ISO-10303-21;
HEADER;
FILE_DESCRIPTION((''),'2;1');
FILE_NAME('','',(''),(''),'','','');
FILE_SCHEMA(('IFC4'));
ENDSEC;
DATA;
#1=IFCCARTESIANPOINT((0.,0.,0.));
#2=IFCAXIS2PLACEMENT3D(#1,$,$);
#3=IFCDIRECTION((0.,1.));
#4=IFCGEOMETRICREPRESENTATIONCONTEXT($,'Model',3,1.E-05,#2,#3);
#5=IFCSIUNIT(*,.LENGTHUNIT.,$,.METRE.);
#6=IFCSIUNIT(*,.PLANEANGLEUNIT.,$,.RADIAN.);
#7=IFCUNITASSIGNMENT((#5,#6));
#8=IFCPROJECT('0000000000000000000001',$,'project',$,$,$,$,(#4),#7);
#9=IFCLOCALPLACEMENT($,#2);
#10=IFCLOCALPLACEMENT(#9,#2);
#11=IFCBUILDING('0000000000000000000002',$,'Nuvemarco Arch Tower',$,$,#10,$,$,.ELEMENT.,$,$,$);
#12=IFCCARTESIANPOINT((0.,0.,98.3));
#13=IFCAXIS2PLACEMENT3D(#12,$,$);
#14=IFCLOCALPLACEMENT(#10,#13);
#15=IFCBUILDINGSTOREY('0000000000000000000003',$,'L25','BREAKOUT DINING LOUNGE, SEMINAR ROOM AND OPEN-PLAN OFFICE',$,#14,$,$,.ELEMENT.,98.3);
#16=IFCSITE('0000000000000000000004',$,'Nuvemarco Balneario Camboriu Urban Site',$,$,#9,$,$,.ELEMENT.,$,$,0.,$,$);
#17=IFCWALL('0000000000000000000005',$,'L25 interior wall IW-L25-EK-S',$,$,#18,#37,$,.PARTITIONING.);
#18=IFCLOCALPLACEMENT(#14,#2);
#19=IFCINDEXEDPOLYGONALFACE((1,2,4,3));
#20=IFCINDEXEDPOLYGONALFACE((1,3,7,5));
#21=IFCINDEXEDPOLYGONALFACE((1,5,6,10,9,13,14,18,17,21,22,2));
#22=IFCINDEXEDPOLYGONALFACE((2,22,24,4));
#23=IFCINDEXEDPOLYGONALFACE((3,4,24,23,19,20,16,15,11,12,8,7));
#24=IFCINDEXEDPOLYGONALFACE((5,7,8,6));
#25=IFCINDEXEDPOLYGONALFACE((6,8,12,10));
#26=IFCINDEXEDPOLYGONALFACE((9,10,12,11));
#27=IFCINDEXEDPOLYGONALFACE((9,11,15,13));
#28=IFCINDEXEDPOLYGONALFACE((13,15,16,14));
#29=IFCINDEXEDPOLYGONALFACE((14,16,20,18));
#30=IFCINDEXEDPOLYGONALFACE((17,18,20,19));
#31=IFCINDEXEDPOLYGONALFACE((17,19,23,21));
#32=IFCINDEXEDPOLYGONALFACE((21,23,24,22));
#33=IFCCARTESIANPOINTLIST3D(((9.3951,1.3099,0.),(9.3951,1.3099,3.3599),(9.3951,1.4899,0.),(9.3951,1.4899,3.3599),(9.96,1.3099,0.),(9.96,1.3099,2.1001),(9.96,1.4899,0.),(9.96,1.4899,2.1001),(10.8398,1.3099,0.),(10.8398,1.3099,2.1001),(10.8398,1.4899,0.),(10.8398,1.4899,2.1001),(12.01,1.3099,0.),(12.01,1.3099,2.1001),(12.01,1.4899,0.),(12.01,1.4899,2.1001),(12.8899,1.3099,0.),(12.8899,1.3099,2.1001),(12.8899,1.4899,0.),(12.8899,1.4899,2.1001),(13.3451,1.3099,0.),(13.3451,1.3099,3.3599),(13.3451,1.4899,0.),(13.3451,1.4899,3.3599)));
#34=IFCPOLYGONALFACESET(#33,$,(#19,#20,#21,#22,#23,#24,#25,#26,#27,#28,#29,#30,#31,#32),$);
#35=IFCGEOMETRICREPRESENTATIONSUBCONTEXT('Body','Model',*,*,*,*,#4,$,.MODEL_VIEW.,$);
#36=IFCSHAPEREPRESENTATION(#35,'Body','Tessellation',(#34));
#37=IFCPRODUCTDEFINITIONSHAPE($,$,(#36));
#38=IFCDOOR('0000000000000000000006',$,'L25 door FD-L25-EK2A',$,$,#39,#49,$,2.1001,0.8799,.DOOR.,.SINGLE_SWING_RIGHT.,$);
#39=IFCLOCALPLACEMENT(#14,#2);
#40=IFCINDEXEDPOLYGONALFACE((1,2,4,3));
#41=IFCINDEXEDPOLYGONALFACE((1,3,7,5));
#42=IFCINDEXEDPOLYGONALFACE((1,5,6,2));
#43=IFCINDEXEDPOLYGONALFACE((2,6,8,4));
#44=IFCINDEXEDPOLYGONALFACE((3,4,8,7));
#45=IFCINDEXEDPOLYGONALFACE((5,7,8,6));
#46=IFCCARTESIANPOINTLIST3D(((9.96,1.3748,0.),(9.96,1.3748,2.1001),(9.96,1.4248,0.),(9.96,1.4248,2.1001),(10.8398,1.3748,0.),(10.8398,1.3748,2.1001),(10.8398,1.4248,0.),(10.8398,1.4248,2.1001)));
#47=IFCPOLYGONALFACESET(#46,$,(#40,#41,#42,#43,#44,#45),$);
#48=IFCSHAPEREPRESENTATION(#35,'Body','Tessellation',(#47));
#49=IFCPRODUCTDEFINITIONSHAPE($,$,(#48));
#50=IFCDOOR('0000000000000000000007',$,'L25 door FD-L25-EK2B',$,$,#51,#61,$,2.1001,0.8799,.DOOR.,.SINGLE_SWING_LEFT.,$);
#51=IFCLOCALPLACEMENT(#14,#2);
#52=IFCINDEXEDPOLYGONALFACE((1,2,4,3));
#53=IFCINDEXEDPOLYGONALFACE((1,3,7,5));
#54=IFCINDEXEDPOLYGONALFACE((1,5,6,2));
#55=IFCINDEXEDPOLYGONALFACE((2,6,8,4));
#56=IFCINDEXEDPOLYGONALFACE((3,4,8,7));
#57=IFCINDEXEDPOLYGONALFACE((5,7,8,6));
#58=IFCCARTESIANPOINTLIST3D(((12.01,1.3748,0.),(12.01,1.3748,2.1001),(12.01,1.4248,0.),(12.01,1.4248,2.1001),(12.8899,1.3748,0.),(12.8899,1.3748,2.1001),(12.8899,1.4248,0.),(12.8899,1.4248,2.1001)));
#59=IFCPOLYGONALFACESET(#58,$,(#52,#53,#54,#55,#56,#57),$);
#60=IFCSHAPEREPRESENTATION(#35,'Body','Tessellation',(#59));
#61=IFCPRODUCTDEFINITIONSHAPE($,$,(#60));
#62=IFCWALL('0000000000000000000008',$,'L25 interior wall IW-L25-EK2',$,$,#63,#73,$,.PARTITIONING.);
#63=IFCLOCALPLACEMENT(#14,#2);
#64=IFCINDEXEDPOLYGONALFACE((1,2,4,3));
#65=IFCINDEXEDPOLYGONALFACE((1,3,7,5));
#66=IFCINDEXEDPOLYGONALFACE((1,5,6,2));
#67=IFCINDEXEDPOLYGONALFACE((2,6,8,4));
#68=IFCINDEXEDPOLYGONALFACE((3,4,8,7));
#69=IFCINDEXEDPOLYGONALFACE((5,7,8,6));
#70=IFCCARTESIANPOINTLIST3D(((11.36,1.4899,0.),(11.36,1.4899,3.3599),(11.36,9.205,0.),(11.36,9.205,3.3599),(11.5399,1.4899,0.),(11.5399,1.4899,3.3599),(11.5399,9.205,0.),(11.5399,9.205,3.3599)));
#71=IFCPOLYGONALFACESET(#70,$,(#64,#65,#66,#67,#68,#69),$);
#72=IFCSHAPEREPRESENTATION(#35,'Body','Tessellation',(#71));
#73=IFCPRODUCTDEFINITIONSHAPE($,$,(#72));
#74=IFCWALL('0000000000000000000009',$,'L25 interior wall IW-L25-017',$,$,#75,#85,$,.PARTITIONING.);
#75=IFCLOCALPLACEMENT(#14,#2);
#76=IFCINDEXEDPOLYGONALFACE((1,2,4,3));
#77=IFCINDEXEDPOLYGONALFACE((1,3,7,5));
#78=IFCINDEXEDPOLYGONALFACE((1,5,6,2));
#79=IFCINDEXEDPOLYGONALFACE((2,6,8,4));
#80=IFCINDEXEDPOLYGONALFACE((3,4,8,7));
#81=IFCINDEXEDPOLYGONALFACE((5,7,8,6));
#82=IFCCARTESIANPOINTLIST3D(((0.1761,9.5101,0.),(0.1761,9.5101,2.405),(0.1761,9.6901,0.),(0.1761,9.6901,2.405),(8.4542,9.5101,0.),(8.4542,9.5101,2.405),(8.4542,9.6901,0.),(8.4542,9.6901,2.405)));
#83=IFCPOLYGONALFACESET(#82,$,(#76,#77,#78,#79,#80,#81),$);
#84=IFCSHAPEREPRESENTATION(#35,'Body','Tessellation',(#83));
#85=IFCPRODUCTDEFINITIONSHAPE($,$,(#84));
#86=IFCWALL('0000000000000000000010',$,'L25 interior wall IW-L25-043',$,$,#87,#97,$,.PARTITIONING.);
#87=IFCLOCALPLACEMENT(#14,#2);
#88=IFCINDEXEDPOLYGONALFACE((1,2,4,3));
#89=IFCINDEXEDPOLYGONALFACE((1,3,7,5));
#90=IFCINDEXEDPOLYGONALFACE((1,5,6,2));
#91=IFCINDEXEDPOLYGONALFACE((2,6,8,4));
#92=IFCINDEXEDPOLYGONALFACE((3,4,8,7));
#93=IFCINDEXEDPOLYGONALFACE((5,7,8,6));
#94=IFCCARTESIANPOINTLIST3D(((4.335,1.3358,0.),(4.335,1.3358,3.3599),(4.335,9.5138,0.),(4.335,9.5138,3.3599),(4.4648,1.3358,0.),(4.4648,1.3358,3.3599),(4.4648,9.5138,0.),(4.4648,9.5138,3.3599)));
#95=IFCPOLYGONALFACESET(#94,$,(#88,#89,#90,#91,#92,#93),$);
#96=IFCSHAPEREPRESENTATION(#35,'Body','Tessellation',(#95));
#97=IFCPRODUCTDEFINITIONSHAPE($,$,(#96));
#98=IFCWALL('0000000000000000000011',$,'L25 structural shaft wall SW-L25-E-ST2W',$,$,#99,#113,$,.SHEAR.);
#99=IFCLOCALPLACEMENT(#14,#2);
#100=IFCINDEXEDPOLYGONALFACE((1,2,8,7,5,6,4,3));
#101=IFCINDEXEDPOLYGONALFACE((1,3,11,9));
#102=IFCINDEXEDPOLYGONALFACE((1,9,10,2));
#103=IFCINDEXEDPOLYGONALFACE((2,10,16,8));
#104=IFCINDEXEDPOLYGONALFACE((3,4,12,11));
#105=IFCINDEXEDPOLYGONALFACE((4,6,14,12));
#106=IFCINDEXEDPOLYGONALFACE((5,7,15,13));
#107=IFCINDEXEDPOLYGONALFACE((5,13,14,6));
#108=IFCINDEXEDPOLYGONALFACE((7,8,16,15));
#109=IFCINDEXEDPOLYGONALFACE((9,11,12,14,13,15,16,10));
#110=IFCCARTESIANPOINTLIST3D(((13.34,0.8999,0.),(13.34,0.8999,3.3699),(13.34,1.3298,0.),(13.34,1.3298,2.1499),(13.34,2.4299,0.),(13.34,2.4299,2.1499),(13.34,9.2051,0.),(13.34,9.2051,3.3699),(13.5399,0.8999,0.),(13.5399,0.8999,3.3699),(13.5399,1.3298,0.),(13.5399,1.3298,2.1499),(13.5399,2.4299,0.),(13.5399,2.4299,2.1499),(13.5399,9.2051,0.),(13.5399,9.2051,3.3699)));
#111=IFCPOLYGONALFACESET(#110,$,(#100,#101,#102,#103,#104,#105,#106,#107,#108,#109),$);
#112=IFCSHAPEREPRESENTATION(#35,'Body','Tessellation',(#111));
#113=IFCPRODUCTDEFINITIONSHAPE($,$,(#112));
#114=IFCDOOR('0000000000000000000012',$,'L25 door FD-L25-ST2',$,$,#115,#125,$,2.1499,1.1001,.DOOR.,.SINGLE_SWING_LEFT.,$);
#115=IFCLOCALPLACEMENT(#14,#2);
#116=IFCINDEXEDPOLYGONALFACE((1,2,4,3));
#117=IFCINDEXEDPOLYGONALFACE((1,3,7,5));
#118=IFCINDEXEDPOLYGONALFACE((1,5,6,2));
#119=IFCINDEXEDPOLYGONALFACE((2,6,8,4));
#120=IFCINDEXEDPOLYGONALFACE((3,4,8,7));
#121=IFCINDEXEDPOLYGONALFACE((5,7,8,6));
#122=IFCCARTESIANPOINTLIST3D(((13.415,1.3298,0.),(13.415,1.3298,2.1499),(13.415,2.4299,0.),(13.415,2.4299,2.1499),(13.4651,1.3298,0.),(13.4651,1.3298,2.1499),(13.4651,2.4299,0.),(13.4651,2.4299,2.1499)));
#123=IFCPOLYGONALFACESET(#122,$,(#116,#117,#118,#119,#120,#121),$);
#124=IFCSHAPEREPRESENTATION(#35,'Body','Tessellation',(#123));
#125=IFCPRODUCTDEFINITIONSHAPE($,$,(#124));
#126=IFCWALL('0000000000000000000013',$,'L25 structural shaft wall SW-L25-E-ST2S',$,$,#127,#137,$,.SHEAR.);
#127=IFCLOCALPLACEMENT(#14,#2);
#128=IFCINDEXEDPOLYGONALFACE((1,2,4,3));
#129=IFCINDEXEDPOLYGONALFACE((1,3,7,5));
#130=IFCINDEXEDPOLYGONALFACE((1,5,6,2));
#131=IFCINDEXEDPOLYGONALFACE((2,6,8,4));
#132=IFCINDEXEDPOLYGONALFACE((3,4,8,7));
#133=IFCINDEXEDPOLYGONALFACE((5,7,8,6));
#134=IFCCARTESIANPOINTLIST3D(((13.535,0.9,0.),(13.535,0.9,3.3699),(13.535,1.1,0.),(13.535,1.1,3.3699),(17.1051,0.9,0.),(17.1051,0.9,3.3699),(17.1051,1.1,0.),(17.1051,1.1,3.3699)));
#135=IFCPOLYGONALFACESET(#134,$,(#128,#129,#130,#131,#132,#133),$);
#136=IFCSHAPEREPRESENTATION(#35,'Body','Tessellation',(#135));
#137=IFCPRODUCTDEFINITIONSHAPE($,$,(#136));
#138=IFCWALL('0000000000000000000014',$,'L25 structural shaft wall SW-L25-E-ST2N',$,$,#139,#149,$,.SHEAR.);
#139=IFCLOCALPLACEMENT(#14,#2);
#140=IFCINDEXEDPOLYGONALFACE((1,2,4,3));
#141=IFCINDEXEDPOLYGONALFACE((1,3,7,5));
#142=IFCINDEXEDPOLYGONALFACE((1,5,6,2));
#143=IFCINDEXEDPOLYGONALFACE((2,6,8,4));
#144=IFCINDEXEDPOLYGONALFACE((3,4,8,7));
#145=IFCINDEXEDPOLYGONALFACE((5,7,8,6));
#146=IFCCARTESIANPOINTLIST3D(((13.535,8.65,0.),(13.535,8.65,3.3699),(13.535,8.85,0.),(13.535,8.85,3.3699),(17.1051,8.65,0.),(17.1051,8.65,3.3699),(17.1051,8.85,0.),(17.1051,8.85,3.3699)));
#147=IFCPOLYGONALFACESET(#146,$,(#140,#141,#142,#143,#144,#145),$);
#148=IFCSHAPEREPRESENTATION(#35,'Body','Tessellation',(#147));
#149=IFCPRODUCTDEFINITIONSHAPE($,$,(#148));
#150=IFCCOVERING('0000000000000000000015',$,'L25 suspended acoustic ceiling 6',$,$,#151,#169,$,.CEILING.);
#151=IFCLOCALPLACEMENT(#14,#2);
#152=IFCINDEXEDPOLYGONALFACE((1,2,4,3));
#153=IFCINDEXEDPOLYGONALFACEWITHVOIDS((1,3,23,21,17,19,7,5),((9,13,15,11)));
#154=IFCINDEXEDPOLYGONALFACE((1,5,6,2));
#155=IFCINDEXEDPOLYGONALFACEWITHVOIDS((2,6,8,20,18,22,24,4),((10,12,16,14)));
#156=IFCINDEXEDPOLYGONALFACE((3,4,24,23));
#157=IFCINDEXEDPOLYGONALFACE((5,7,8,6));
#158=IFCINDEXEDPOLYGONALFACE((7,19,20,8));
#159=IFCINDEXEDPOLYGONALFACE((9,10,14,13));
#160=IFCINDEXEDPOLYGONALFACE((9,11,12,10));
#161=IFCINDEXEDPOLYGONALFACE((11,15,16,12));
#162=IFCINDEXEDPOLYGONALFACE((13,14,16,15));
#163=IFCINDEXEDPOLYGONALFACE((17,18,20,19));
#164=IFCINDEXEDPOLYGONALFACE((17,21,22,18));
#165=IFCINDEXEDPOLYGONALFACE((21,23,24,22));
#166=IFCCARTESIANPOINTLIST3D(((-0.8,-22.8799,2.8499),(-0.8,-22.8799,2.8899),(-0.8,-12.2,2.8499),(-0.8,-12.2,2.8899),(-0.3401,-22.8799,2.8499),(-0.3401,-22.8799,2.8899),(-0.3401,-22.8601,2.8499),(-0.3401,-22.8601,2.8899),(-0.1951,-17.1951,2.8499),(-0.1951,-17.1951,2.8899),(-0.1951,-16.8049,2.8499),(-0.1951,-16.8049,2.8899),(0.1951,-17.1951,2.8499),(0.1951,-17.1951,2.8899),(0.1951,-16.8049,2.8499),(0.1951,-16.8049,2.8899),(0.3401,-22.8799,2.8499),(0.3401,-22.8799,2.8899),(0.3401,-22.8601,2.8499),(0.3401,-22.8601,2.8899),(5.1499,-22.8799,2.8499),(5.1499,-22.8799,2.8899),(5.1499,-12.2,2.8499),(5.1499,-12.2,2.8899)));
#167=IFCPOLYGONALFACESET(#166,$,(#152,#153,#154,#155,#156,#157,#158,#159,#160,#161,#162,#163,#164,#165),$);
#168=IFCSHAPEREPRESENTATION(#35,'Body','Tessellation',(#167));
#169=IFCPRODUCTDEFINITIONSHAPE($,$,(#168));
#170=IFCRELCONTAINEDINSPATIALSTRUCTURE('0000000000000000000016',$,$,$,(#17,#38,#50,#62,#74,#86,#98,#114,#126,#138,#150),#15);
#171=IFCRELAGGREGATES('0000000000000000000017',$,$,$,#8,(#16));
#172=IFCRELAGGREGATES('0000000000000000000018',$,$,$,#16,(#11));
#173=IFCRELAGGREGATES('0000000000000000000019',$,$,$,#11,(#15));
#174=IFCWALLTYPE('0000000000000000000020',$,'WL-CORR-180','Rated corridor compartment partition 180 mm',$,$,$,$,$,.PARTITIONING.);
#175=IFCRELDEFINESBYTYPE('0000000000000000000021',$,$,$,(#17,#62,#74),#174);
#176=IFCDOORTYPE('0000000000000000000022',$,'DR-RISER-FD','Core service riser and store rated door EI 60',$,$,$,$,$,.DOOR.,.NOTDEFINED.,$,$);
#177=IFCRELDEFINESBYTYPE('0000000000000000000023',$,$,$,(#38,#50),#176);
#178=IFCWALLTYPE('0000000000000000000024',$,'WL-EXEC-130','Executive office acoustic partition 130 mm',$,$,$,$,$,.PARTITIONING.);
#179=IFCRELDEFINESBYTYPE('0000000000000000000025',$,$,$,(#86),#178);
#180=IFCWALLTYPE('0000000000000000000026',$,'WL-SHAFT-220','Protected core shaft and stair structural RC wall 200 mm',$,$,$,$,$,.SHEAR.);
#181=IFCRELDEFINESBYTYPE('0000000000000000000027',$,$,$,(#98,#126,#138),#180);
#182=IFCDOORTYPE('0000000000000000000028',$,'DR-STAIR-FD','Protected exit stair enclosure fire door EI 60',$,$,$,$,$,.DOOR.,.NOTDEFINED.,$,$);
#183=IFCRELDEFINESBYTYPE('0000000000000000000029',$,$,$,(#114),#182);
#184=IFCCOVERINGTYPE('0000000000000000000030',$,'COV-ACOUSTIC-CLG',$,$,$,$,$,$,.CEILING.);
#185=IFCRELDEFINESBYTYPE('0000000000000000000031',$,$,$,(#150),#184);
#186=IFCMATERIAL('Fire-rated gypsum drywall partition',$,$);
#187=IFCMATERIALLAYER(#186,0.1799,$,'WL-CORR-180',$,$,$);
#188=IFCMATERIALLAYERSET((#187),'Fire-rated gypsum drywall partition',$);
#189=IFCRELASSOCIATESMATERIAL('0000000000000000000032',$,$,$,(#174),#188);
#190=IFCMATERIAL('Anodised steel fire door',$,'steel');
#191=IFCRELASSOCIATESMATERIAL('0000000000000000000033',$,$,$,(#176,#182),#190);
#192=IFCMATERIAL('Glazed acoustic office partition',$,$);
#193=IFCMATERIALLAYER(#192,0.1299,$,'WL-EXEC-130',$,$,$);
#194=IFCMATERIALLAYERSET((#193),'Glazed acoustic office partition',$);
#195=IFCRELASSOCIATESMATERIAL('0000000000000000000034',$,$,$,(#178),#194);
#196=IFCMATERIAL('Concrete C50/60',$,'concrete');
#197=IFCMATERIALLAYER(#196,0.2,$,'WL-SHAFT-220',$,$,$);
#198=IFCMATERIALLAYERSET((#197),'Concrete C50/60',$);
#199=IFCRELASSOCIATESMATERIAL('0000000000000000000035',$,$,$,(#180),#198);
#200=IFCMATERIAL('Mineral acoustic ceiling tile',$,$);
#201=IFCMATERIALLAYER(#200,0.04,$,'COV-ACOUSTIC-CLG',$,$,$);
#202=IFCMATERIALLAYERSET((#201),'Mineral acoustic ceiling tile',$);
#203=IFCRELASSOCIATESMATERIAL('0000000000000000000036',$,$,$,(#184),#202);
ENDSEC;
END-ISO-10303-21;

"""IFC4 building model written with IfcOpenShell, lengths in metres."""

from ifc_helpers import new_model, si_unit, direction, frame, frame_2d, origin, place, context, subcontext, project, spatial, polyline, rectangle, outline, extrude, source, transform, mapped, material, layer, layer_set, type_object, type_shapes, element, fill, save


model = new_model("IFC4")

# Units and contexts
model_context = context("Model", 3, precision=1e-05, world=origin(), true_north=direction((0.0, 1.0)))
body_context = subcontext(model_context, "Body", "Model", "MODEL_VIEW")
ifc_project = project(units=[si_unit("LENGTHUNIT", "METRE"), si_unit("PLANEANGLEUNIT", "RADIAN")], contexts=[model_context])

# Site, building, storey
site_placement = place(None, origin())
site = spatial("IfcSite", under=ifc_project, at=site_placement, Name="Nuvemarco Balneario Camboriu Urban Site", CompositionType="ELEMENT", RefElevation=0.0)
building_placement = place(site_placement, origin())
building = spatial("IfcBuilding", under=site, at=building_placement, Name="Nuvemarco Arch Tower", CompositionType="ELEMENT")
storey_placement = place(building_placement, frame((0.0, 0.0, 98.3)))
storey = spatial("IfcBuildingStorey", under=building, at=storey_placement, Name="L25", Description="BREAKOUT DINING LOUNGE, SEMINAR ROOM AND OPEN-PLAN OFFICE", CompositionType="ELEMENT", Elevation=98.3)

# Wall, openings, doors
ifc_material_1 = material(Name="Fire-rated gypsum drywall partition")
ifc_layer_1 = layer(ifc_material_1, 0.1799, Name="WL-CORR-180")
ifc_layer_set_1 = layer_set([ifc_layer_1], Name="Fire-rated gypsum drywall partition")
wall_type_1 = type_object("IfcWallType", Name="WL-CORR-180", Description="Rated corridor compartment partition 180 mm", PredefinedType="PARTITIONING", material=ifc_layer_set_1)
wall_1_placement = place(storey_placement, frame((9.395, 1.3999, 0.0), z_axis=(0.0, 0.0, 1.0), x_axis=(1.0, 0.0, 0.0)))
wall_1 = element("IfcWall", 1, at=wall_1_placement, inside=storey, type_object=wall_type_1, Name="L25 interior wall IW-L25-EK-S", PredefinedType="PARTITIONING", context=body_context, shape_type="SweptSolid", body=[
    extrude(rectangle(XDim=3.95, YDim=0.1799, at=frame_2d((1.9751, 0.0))), origin(), (0.0, 0.0, 1.0), 3.3599),
])
opening_1_placement = place(wall_1_placement, frame((0.5649, 0.0, 0.0)))
opening_1 = element("IfcOpeningElement", 2, at=opening_1_placement, cuts=wall_1, PredefinedType="OPENING", context=body_context, shape_type="SweptSolid", body=[
    extrude(rectangle(XDim=0.8799, YDim=2.1001, at=frame_2d((0.4399, 1.05))), frame((0.0, 0.0999, 0.0), z_axis=(0.0, -1.0, 0.0), x_axis=(1.0, 0.0, 0.0)), (0.0, 0.0, 1.0), 0.2),
])
opening_2_placement = place(wall_1_placement, frame((2.615, 0.0, 0.0)))
opening_2 = element("IfcOpeningElement", 3, at=opening_2_placement, cuts=wall_1, PredefinedType="OPENING", context=body_context, shape_type="SweptSolid", body=[
    extrude(rectangle(XDim=0.8799, YDim=2.1001, at=frame_2d((0.4399, 1.05))), frame((0.0, 0.0999, 0.0), z_axis=(0.0, -1.0, 0.0), x_axis=(1.0, 0.0, 0.0)), (0.0, 0.0, 1.0), 0.2),
])
ifc_material_2 = material(Name="Anodised steel fire door", Category="steel")
door_type_1 = type_object("IfcDoorType", Name="DR-RISER-FD", Description="Core service riser and store rated door EI 60", OperationType="NOTDEFINED", PredefinedType="DOOR", material=ifc_material_2)
shared_shape_1 = source(origin(), body_context, "Body", "SweptSolid", [
    extrude(rectangle(XDim=0.8799, YDim=2.1001, at=frame_2d((0.4399, 1.05))), frame((0.0, 0.0249, 0.0), z_axis=(0.0, -1.0, 0.0), x_axis=(1.0, 0.0, 0.0)), (0.0, 0.0, 1.0), 0.05),
])
type_shapes(door_type_1, [shared_shape_1])
door_1_placement = place(opening_1_placement, origin())
door_1 = element("IfcDoor", 4, at=door_1_placement, inside=storey, type_object=door_type_1, Name="L25 door FD-L25-EK2A", OperationType="SINGLE_SWING_RIGHT", OverallHeight=2.1001, OverallWidth=0.8799, PredefinedType="DOOR", context=body_context, shape_type="MappedRepresentation", body=[
    mapped(shared_shape_1, transform((0.0, 0.0, 0.0), scale=1.0)),
])
fill(opening_1, door_1)
door_2_placement = place(opening_2_placement, origin())
door_2 = element("IfcDoor", 5, at=door_2_placement, inside=storey, type_object=door_type_1, Name="L25 door FD-L25-EK2B", OperationType="SINGLE_SWING_LEFT", OverallHeight=2.1001, OverallWidth=0.8799, PredefinedType="DOOR", context=body_context, shape_type="MappedRepresentation", body=[
    mapped(shared_shape_1, transform((0.0, 0.0, 0.0), scale=1.0)),
])
fill(opening_2, door_2)

# Walls
wall_2_placement = place(storey_placement, frame((11.45, 1.49, 0.0), z_axis=(0.0, 0.0, 1.0), x_axis=(0.0, 1.0, 0.0)))
element("IfcWall", 6, at=wall_2_placement, inside=storey, type_object=wall_type_1, Name="L25 interior wall IW-L25-EK2", PredefinedType="PARTITIONING", context=body_context, shape_type="SweptSolid", body=[
    extrude(rectangle(XDim=7.7151, YDim=0.1799, at=frame_2d((3.8574, 0.0))), origin(), (0.0, 0.0, 1.0), 3.3599),
])
wall_3_placement = place(storey_placement, frame((0.176, 9.6001, 0.0), z_axis=(0.0, 0.0, 1.0), x_axis=(1.0, 0.0, 0.0)))
element("IfcWall", 7, at=wall_3_placement, inside=storey, type_object=wall_type_1, Name="L25 interior wall IW-L25-017", PredefinedType="PARTITIONING", context=body_context, shape_type="SweptSolid", body=[
    extrude(rectangle(XDim=8.2781, YDim=0.1799, at=frame_2d((4.1392, 0.0))), origin(), (0.0, 0.0, 1.0), 2.405),
])
ifc_material_3 = material(Name="Glazed acoustic office partition")
ifc_layer_2 = layer(ifc_material_3, 0.1299, Name="WL-EXEC-130")
ifc_layer_set_2 = layer_set([ifc_layer_2], Name="Glazed acoustic office partition")
wall_type_2 = type_object("IfcWallType", Name="WL-EXEC-130", Description="Executive office acoustic partition 130 mm", PredefinedType="PARTITIONING", material=ifc_layer_set_2)
wall_4_placement = place(storey_placement, frame((4.3999, 1.3359, 0.0), z_axis=(0.0, 0.0, 1.0), x_axis=(0.0, 1.0, 0.0)))
element("IfcWall", 8, at=wall_4_placement, inside=storey, type_object=wall_type_2, Name="L25 interior wall IW-L25-043", PredefinedType="PARTITIONING", context=body_context, shape_type="SweptSolid", body=[
    extrude(rectangle(XDim=8.178, YDim=0.1299, at=frame_2d((4.0889, 0.0))), origin(), (0.0, 0.0, 1.0), 3.3599),
])

# Wall, opening, door
ifc_material_4 = material(Name="Concrete C50/60", Category="concrete")
ifc_layer_3 = layer(ifc_material_4, 0.2, Name="WL-SHAFT-220")
ifc_layer_set_3 = layer_set([ifc_layer_3], Name="Concrete C50/60")
wall_type_3 = type_object("IfcWallType", Name="WL-SHAFT-220", Description="Protected core shaft and stair structural RC wall 200 mm", PredefinedType="SHEAR", material=ifc_layer_set_3)
wall_5_placement = place(storey_placement, frame((13.4399, 0.8999, 0.0), z_axis=(0.0, 0.0, 1.0), x_axis=(0.0, 1.0, 0.0)))
wall_5 = element("IfcWall", 9, at=wall_5_placement, inside=storey, type_object=wall_type_3, Name="L25 structural shaft wall SW-L25-E-ST2W", PredefinedType="SHEAR", context=body_context, shape_type="SweptSolid", body=[
    extrude(rectangle(XDim=8.3052, YDim=0.2, at=frame_2d((4.1526, 0.0))), origin(), (0.0, 0.0, 1.0), 3.3699),
])
opening_3_placement = place(wall_5_placement, frame((0.4299, 0.0, 0.0)))
opening_3 = element("IfcOpeningElement", 10, at=opening_3_placement, cuts=wall_5, PredefinedType="OPENING", context=body_context, shape_type="SweptSolid", body=[
    extrude(rectangle(XDim=1.1001, YDim=2.1499, at=frame_2d((0.55, 1.075))), frame((0.0, 0.1099, 0.0), z_axis=(0.0, -1.0, 0.0), x_axis=(1.0, 0.0, 0.0)), (0.0, 0.0, 1.0), 0.22),
])
door_type_2 = type_object("IfcDoorType", Name="DR-STAIR-FD", Description="Protected exit stair enclosure fire door EI 60", OperationType="NOTDEFINED", PredefinedType="DOOR", material=ifc_material_2)
shared_shape_2 = source(origin(), body_context, "Body", "SweptSolid", [
    extrude(rectangle(XDim=1.1001, YDim=2.1499, at=frame_2d((0.55, 1.075))), frame((0.0, 0.0249, 0.0), z_axis=(0.0, -1.0, 0.0), x_axis=(1.0, 0.0, 0.0)), (0.0, 0.0, 1.0), 0.05),
])
type_shapes(door_type_2, [shared_shape_2])
door_3_placement = place(opening_3_placement, origin())
door_3 = element("IfcDoor", 11, at=door_3_placement, inside=storey, type_object=door_type_2, Name="L25 door FD-L25-ST2", OperationType="SINGLE_SWING_LEFT", OverallHeight=2.1499, OverallWidth=1.1001, PredefinedType="DOOR", context=body_context, shape_type="MappedRepresentation", body=[
    mapped(shared_shape_2, transform((0.0, 0.0, 0.0), scale=1.0)),
])
fill(opening_3, door_3)

# Walls
for number, where, z_axis, x_axis, name in (
    (12, (13.5349, 1.0, 0.0), (0.0, 0.0, 1.0), (1.0, 0.0, 0.0), "L25 structural shaft wall SW-L25-E-ST2S"),
    (13, (13.5349, 8.75, 0.0), (0.0, 0.0, 1.0), (1.0, 0.0, 0.0), "L25 structural shaft wall SW-L25-E-ST2N"),
):
    element("IfcWall", number, at=place(storey_placement, frame(where, z_axis=z_axis, x_axis=x_axis)), inside=storey, type_object=wall_type_3, Name=name, PredefinedType="SHEAR", context=body_context, shape_type="SweptSolid", body=[
        extrude(rectangle(XDim=3.5701, YDim=0.2, at=frame_2d((1.7852, 0.0))), origin(), (0.0, 0.0, 1.0), 3.3699),
    ])

# Covering
ifc_material_5 = material(Name="Mineral acoustic ceiling tile")
ifc_layer_4 = layer(ifc_material_5, 0.04, Name="COV-ACOUSTIC-CLG")
ifc_layer_set_4 = layer_set([ifc_layer_4], Name="Mineral acoustic ceiling tile")
covering_type_1 = type_object("IfcCoveringType", Name="COV-ACOUSTIC-CLG", PredefinedType="CEILING", material=ifc_layer_set_4)
covering_1_placement = place(storey_placement, frame((0.0, 0.0, 2.8499)))
element("IfcCovering", 14, at=covering_1_placement, inside=storey, type_object=covering_type_1, Name="L25 suspended acoustic ceiling 6", PredefinedType="CEILING", context=body_context, shape_type="SweptSolid", body=[
    extrude(outline(polyline([(0.3401, -22.8799), (0.3401, -22.8601), (-0.3401, -22.8601), (-0.3401, -22.8799), (-0.8, -22.8799), (-0.8, -12.2), (5.1499, -12.2), (5.1499, -22.8799), (0.3401, -22.8799)]), holes=[polyline([(0.1951, -17.1951), (0.1951, -16.8049), (-0.1951, -16.8049), (-0.1951, -17.1951), (0.1951, -17.1951)])]), origin(), (0.0, 0.0, 1.0), 0.04),
])

save(model, "model.ifc")
